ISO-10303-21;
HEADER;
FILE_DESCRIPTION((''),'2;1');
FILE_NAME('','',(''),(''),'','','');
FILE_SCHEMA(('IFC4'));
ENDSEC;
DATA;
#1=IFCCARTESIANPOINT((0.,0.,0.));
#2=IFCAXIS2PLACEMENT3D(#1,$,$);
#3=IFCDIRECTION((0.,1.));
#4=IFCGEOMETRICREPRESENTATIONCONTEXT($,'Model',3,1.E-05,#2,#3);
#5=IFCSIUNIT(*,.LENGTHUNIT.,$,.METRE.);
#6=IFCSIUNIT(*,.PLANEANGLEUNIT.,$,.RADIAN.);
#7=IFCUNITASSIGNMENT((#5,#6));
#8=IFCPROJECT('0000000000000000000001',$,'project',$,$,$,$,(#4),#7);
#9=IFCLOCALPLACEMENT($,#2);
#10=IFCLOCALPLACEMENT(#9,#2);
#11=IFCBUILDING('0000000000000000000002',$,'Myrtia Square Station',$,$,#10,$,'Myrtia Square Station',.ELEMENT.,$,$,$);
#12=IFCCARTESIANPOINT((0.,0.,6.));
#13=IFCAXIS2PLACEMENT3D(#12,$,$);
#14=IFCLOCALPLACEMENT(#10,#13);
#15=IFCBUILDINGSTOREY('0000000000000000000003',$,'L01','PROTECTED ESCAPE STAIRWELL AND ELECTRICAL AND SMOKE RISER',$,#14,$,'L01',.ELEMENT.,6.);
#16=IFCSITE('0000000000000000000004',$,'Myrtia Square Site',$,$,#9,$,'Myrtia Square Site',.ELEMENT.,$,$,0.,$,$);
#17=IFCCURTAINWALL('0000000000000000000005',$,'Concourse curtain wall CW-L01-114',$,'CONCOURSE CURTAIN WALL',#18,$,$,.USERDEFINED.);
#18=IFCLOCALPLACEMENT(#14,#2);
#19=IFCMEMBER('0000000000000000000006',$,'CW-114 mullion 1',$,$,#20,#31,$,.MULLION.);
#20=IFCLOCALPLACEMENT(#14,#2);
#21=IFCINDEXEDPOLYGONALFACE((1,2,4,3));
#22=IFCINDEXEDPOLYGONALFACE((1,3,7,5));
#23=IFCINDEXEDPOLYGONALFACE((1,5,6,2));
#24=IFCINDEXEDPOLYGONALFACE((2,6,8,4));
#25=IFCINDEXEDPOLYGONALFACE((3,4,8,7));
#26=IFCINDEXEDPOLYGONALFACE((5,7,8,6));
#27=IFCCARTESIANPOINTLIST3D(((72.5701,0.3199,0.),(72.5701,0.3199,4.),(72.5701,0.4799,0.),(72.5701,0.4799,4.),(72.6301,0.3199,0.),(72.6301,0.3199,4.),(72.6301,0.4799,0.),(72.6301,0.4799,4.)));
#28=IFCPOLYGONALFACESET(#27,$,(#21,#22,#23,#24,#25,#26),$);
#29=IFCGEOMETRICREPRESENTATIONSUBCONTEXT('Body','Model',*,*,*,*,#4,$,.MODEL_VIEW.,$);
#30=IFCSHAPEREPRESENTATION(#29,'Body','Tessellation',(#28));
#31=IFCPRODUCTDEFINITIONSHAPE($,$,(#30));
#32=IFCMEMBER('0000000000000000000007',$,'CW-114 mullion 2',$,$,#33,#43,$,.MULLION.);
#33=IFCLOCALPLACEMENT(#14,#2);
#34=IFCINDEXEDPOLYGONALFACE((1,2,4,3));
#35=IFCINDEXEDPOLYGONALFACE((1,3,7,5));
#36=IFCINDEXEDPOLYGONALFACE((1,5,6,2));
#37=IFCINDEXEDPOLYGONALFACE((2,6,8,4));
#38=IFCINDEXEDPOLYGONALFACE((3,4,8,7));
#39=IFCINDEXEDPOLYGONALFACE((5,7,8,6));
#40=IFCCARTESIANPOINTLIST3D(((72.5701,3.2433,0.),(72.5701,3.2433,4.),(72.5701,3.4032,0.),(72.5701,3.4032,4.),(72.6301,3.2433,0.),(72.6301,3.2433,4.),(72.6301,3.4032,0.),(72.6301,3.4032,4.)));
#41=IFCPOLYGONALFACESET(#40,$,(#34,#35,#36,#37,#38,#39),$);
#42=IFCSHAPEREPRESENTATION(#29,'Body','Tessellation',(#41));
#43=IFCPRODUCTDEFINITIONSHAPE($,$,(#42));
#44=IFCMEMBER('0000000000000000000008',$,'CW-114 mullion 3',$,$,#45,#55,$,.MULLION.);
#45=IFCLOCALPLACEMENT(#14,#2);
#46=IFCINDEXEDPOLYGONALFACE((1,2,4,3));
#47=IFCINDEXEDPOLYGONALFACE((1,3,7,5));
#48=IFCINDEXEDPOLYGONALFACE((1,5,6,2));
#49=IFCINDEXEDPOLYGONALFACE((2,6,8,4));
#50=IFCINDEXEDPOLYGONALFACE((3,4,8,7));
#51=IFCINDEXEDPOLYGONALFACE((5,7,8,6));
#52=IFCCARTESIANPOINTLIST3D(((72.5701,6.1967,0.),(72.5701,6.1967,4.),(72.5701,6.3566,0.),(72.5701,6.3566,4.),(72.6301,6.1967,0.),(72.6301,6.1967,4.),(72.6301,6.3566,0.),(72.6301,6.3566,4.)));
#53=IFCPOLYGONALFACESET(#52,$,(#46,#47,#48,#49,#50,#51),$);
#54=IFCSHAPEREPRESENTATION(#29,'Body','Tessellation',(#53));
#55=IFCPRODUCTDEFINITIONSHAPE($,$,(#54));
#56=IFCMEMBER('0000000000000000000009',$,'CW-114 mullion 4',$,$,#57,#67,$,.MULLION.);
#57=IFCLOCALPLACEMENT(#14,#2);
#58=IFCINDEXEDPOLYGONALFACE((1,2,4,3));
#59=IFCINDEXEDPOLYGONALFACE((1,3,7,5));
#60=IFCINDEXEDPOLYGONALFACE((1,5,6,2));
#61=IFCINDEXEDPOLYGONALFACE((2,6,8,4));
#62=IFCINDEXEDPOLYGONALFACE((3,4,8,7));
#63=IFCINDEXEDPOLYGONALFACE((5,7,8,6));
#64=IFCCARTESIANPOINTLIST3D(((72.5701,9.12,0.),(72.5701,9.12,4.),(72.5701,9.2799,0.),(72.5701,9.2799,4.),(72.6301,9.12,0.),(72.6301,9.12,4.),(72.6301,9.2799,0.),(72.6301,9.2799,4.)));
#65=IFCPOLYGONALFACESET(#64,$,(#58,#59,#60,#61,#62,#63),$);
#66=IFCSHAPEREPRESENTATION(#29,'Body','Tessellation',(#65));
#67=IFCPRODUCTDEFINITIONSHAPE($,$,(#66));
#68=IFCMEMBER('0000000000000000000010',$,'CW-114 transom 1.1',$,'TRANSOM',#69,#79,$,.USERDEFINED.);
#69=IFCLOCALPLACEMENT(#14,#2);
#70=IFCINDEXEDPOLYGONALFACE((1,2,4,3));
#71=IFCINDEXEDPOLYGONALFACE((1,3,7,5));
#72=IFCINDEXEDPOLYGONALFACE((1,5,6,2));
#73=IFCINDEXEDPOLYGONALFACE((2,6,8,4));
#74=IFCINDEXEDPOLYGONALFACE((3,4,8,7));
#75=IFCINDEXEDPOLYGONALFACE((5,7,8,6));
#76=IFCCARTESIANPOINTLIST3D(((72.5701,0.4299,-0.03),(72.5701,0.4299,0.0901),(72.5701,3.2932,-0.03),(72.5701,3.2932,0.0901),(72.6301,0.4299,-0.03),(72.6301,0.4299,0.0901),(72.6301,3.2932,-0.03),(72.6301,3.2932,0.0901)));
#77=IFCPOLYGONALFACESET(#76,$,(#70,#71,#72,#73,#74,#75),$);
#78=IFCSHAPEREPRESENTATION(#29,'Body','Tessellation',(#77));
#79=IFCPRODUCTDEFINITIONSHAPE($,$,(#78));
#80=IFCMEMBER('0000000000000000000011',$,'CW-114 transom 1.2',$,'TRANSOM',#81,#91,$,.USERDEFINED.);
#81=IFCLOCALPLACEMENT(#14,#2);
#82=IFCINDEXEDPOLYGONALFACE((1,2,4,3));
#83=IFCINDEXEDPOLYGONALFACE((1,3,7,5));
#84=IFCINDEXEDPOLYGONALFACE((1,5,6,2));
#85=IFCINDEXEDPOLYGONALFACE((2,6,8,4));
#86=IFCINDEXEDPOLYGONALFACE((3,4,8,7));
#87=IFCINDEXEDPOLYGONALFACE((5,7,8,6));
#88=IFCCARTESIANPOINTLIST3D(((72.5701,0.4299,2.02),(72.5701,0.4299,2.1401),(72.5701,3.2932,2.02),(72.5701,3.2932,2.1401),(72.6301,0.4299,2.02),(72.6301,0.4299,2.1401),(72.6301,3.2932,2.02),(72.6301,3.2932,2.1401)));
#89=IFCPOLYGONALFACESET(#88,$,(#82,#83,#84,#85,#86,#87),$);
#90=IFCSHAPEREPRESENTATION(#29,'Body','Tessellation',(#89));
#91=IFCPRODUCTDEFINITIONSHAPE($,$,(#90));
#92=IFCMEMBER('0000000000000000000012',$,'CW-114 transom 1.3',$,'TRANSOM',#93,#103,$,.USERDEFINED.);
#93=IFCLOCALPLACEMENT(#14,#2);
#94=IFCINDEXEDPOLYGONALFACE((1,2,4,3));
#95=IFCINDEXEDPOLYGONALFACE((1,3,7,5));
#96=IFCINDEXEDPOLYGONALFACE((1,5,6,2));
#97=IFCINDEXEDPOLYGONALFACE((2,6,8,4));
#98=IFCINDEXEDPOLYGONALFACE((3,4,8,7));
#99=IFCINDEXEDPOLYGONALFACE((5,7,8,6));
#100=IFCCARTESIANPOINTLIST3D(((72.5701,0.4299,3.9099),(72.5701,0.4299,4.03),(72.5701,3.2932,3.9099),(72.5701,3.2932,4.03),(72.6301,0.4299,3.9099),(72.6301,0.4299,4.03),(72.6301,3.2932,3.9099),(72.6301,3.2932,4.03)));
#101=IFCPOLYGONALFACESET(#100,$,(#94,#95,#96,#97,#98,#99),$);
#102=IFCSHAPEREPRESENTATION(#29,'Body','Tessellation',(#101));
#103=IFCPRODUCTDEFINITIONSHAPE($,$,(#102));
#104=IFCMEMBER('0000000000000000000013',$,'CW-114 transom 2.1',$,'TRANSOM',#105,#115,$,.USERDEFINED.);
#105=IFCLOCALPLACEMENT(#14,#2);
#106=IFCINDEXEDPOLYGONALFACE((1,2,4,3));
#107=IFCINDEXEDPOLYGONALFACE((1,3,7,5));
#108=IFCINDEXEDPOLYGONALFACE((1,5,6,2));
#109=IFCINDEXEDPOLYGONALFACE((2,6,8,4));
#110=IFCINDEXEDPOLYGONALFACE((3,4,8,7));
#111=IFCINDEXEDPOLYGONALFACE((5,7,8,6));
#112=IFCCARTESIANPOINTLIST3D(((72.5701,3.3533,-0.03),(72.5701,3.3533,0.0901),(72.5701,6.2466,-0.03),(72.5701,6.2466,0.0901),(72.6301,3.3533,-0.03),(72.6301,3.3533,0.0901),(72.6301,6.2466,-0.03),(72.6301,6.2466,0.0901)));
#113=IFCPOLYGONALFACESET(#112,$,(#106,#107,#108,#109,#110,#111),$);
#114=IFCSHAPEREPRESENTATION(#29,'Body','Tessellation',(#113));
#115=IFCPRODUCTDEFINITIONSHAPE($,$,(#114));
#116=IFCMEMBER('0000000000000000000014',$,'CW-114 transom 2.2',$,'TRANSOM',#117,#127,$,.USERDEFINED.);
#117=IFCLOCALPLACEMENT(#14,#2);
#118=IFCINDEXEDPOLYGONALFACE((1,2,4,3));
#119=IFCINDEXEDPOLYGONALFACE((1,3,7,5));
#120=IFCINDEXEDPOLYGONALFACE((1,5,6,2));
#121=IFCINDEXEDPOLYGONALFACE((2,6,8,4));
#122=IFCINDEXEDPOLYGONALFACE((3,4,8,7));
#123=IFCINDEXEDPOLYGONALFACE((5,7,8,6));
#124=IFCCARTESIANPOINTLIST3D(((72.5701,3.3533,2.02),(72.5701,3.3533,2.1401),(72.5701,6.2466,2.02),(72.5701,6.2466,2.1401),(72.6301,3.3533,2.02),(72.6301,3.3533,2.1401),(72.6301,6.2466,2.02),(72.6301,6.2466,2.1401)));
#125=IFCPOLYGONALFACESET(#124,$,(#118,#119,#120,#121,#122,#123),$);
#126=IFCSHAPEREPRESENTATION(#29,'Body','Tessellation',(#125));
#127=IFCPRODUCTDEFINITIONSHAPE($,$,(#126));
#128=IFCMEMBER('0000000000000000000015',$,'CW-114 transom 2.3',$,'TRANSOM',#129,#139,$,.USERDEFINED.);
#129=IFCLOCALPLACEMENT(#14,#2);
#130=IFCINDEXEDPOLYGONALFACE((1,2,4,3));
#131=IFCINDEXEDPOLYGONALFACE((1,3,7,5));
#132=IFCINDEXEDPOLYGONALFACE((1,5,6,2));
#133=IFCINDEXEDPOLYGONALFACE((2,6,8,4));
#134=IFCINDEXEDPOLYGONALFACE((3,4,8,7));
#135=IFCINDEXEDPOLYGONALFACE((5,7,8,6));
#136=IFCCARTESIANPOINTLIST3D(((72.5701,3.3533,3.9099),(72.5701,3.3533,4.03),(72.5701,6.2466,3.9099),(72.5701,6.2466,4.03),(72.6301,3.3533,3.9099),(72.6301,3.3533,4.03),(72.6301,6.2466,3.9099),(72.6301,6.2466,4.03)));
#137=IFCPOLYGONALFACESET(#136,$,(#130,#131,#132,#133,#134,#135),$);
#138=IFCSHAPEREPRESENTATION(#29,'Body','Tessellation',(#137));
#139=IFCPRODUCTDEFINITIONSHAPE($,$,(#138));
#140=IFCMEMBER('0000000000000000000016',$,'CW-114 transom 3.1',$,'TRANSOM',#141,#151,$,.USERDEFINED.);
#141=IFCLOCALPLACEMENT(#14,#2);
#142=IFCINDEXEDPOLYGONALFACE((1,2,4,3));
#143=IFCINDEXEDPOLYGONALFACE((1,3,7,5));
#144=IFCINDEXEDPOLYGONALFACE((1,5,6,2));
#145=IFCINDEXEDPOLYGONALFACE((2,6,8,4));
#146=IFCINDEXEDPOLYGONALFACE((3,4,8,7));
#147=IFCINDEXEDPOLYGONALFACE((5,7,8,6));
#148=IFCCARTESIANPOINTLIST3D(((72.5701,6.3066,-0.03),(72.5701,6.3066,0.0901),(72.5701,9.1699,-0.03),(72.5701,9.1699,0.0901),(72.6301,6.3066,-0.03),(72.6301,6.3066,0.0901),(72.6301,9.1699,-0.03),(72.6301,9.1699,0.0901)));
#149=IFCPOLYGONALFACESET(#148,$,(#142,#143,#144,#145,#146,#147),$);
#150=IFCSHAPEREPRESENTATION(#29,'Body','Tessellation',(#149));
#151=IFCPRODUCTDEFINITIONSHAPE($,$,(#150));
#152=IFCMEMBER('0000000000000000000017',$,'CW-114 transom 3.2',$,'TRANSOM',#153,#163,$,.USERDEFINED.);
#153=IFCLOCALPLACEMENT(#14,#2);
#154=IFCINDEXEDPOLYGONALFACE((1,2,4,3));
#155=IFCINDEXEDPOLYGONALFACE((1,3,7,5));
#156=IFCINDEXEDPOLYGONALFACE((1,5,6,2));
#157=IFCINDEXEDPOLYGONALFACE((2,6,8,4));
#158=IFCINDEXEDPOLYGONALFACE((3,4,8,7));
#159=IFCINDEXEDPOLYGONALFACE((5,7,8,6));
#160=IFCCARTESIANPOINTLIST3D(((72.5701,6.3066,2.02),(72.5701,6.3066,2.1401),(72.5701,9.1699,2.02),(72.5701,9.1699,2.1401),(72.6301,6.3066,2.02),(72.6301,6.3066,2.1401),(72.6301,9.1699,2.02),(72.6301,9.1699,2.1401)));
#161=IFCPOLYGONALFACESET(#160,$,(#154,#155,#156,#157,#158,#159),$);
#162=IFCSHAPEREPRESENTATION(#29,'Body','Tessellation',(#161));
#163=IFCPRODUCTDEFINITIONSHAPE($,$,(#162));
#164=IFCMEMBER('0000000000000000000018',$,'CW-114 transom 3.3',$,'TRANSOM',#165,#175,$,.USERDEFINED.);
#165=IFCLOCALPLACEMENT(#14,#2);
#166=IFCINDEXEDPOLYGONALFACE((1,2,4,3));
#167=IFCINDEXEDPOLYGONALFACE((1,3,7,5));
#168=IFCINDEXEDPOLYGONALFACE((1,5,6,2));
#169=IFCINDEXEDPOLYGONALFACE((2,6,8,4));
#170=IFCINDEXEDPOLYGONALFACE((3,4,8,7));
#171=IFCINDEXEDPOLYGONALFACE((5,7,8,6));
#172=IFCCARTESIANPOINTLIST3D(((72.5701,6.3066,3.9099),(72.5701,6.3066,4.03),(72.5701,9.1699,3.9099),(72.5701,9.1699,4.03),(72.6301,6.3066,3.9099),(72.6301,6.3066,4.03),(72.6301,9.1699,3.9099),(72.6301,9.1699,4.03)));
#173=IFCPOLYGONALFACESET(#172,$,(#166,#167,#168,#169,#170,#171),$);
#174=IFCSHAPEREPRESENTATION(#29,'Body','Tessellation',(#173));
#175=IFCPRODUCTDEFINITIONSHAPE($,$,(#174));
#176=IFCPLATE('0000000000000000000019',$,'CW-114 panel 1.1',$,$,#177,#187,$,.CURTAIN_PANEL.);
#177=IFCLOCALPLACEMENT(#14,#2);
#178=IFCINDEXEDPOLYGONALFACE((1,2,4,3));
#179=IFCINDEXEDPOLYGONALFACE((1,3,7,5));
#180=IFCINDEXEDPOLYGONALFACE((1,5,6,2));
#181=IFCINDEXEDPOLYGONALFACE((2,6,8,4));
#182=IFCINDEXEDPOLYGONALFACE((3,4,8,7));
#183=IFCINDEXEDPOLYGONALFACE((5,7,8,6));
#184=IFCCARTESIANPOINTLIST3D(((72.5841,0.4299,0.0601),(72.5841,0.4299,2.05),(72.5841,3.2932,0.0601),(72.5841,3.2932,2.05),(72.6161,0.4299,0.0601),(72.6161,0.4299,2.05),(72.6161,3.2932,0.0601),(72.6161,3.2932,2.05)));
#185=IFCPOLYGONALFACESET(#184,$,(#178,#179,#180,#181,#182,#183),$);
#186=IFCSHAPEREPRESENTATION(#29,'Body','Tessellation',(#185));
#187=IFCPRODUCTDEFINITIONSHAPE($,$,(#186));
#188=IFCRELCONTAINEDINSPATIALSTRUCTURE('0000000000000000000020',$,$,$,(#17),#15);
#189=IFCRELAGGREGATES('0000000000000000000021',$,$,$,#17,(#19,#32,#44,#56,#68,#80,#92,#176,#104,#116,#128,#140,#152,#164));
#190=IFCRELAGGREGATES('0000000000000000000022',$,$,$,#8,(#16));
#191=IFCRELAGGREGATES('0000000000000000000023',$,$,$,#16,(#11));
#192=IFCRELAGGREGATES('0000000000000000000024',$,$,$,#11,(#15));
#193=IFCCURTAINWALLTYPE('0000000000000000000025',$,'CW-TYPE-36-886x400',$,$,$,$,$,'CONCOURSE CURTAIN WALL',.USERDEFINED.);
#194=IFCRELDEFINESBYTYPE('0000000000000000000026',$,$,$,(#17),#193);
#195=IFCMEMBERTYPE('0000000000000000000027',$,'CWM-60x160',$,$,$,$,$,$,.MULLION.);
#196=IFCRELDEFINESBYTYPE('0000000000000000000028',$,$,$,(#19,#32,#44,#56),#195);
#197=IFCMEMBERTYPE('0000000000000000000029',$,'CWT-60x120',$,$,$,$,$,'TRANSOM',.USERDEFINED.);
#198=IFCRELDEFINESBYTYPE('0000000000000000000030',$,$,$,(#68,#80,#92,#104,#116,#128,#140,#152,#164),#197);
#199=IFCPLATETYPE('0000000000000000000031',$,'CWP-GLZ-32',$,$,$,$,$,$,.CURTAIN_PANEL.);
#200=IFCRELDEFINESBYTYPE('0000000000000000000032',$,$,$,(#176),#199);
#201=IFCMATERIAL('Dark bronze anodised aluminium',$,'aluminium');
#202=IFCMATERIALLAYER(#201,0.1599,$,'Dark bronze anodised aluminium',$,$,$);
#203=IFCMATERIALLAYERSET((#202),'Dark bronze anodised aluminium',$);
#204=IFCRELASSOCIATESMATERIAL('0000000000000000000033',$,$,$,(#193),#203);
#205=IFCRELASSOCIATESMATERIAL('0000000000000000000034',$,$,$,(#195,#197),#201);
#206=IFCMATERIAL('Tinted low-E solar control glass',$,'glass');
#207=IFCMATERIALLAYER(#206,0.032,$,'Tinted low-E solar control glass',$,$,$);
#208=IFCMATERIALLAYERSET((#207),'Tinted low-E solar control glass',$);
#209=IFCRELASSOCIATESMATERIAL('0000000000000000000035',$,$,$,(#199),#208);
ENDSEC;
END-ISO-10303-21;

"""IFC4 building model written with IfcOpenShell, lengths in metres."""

from ifc_helpers import new_model, si_unit, direction, frame, origin, origin_2d, place, context, subcontext, project, spatial, rectangle, extrude, material, layer, layer_set, material_profile, profile_set, type_object, element, aggregate, save


model = new_model("IFC4")

# Units and contexts
model_context = context("Model", 3, precision=1e-05, world=origin(), true_north=direction((0.0, 1.0)))
body_context = subcontext(model_context, "Body", "Model", "MODEL_VIEW")
ifc_project = project(units=[si_unit("LENGTHUNIT", "METRE"), si_unit("PLANEANGLEUNIT", "RADIAN")], contexts=[model_context])

# Site, building, storey
site_placement = place(None, origin())
site = spatial("IfcSite", under=ifc_project, at=site_placement, Name="Myrtia Square Site", LongName="Myrtia Square Site", CompositionType="ELEMENT", RefElevation=0.0)
building_placement = place(site_placement, origin())
building = spatial("IfcBuilding", under=site, at=building_placement, Name="Myrtia Square Station", LongName="Myrtia Square Station", CompositionType="ELEMENT")
storey_placement = place(building_placement, frame((0.0, 0.0, 6.0)))
storey = spatial("IfcBuildingStorey", under=building, at=storey_placement, Name="L01", Description="PROTECTED ESCAPE STAIRWELL AND ELECTRICAL AND SMOKE RISER", LongName="L01", CompositionType="ELEMENT", Elevation=6.0)

# Curtain wall, members, plate
ifc_material_1 = material(Name="Dark bronze anodised aluminium", Category="aluminium")
ifc_layer_1 = layer(ifc_material_1, 0.1599, Name="Dark bronze anodised aluminium")
ifc_layer_set_1 = layer_set([ifc_layer_1], Name="Dark bronze anodised aluminium")
curtain_wall_type = type_object("IfcCurtainWallType", Name="CW-TYPE-36-886x400", ElementType="CONCOURSE CURTAIN WALL", PredefinedType="USERDEFINED", material=ifc_layer_set_1)
curtain_wall_placement = place(storey_placement, origin())
curtain_wall = element("IfcCurtainWall", 1, at=curtain_wall_placement, inside=storey, type_object=curtain_wall_type, Name="Concourse curtain wall CW-L01-114", ObjectType="CONCOURSE CURTAIN WALL", PredefinedType="USERDEFINED")
ifc_material_profile_1 = material_profile(ifc_material_1, rectangle(XDim=0.0601, YDim=0.1599, at=origin_2d()), Name="ALU-M 60x160")
ifc_profile_set_1 = profile_set([ifc_material_profile_1], Name="Dark bronze anodised aluminium")
member_type_1 = type_object("IfcMemberType", Name="CWM-60x160", PredefinedType="MULLION", material=ifc_profile_set_1)
member_1_placement = place(storey_placement, frame((72.6001, 0.3999, 0.0), z_axis=(0.0, 0.0, 1.0), x_axis=(-1.0, 0.0, 0.0)))
member_1 = element("IfcMember", 2, at=member_1_placement, type_object=member_type_1, Name="CW-114 mullion 1", PredefinedType="MULLION", context=body_context, shape_type="SweptSolid", body=[
    extrude(rectangle(XDim=0.0601, YDim=0.1599, at=origin_2d()), origin(), (0.0, 0.0, 1.0), 4.0),
])
member_2_placement = place(storey_placement, frame((72.6001, 3.3232, 0.0), z_axis=(0.0, 0.0, 1.0), x_axis=(-1.0, 0.0, 0.0)))
member_2 = element("IfcMember", 3, at=member_2_placement, type_object=member_type_1, Name="CW-114 mullion 2", PredefinedType="MULLION", context=body_context, shape_type="SweptSolid", body=[
    extrude(rectangle(XDim=0.0601, YDim=0.1599, at=origin_2d()), origin(), (0.0, 0.0, 1.0), 4.0),
])
member_3_placement = place(storey_placement, frame((72.6001, 6.2766, 0.0), z_axis=(0.0, 0.0, 1.0), x_axis=(-1.0, 0.0, 0.0)))
member_3 = element("IfcMember", 4, at=member_3_placement, type_object=member_type_1, Name="CW-114 mullion 3", PredefinedType="MULLION", context=body_context, shape_type="SweptSolid", body=[
    extrude(rectangle(XDim=0.0601, YDim=0.1599, at=origin_2d()), origin(), (0.0, 0.0, 1.0), 4.0),
])
member_4_placement = place(storey_placement, frame((72.6001, 9.2, 0.0), z_axis=(0.0, 0.0, 1.0), x_axis=(-1.0, 0.0, 0.0)))
member_4 = element("IfcMember", 5, at=member_4_placement, type_object=member_type_1, Name="CW-114 mullion 4", PredefinedType="MULLION", context=body_context, shape_type="SweptSolid", body=[
    extrude(rectangle(XDim=0.0601, YDim=0.1599, at=origin_2d()), origin(), (0.0, 0.0, 1.0), 4.0),
])
ifc_material_profile_2 = material_profile(ifc_material_1, rectangle(XDim=0.0601, YDim=0.1201, at=origin_2d()), Name="ALU-T 60x120")
ifc_profile_set_2 = profile_set([ifc_material_profile_2], Name="Dark bronze anodised aluminium")
member_type_2 = type_object("IfcMemberType", Name="CWT-60x120", ElementType="TRANSOM", PredefinedType="USERDEFINED", material=ifc_profile_set_2)
member_5_placement = place(storey_placement, frame((72.6001, 0.4299, 0.03), z_axis=(0.0, 1.0, 0.0), x_axis=(-1.0, 0.0, 0.0)))
member_5 = element("IfcMember", 6, at=member_5_placement, type_object=member_type_2, Name="CW-114 transom 1.1", ObjectType="TRANSOM", PredefinedType="USERDEFINED", context=body_context, shape_type="SweptSolid", body=[
    extrude(rectangle(XDim=0.0601, YDim=0.1201, at=origin_2d()), origin(), (0.0, 0.0, 1.0), 2.8633),
])
member_6_placement = place(storey_placement, frame((72.6001, 0.4299, 2.0801), z_axis=(0.0, 1.0, 0.0), x_axis=(-1.0, 0.0, 0.0)))
member_6 = element("IfcMember", 7, at=member_6_placement, type_object=member_type_2, Name="CW-114 transom 1.2", ObjectType="TRANSOM", PredefinedType="USERDEFINED", context=body_context, shape_type="SweptSolid", body=[
    extrude(rectangle(XDim=0.0601, YDim=0.1201, at=origin_2d()), origin(), (0.0, 0.0, 1.0), 2.8633),
])
member_7_placement = place(storey_placement, frame((72.6001, 0.4299, 3.97), z_axis=(0.0, 1.0, 0.0), x_axis=(-1.0, 0.0, 0.0)))
member_7 = element("IfcMember", 8, at=member_7_placement, type_object=member_type_2, Name="CW-114 transom 1.3", ObjectType="TRANSOM", PredefinedType="USERDEFINED", context=body_context, shape_type="SweptSolid", body=[
    extrude(rectangle(XDim=0.0601, YDim=0.1201, at=origin_2d()), origin(), (0.0, 0.0, 1.0), 2.8633),
])
member_8_placement = place(storey_placement, frame((72.6001, 3.3533, 0.03), z_axis=(0.0, 1.0, 0.0), x_axis=(-1.0, 0.0, 0.0)))
member_8 = element("IfcMember", 9, at=member_8_placement, type_object=member_type_2, Name="CW-114 transom 2.1", ObjectType="TRANSOM", PredefinedType="USERDEFINED", context=body_context, shape_type="SweptSolid", body=[
    extrude(rectangle(XDim=0.0601, YDim=0.1201, at=origin_2d()), origin(), (0.0, 0.0, 1.0), 2.8933),
])
member_9_placement = place(storey_placement, frame((72.6001, 3.3533, 2.0801), z_axis=(0.0, 1.0, 0.0), x_axis=(-1.0, 0.0, 0.0)))
member_9 = element("IfcMember", 10, at=member_9_placement, type_object=member_type_2, Name="CW-114 transom 2.2", ObjectType="TRANSOM", PredefinedType="USERDEFINED", context=body_context, shape_type="SweptSolid", body=[
    extrude(rectangle(XDim=0.0601, YDim=0.1201, at=origin_2d()), origin(), (0.0, 0.0, 1.0), 2.8933),
])
member_10_placement = place(storey_placement, frame((72.6001, 3.3533, 3.97), z_axis=(0.0, 1.0, 0.0), x_axis=(-1.0, 0.0, 0.0)))
member_10 = element("IfcMember", 11, at=member_10_placement, type_object=member_type_2, Name="CW-114 transom 2.3", ObjectType="TRANSOM", PredefinedType="USERDEFINED", context=body_context, shape_type="SweptSolid", body=[
    extrude(rectangle(XDim=0.0601, YDim=0.1201, at=origin_2d()), origin(), (0.0, 0.0, 1.0), 2.8933),
])
member_11_placement = place(storey_placement, frame((72.6001, 6.3066, 0.03), z_axis=(0.0, 1.0, 0.0), x_axis=(-1.0, 0.0, 0.0)))
member_11 = element("IfcMember", 12, at=member_11_placement, type_object=member_type_2, Name="CW-114 transom 3.1", ObjectType="TRANSOM", PredefinedType="USERDEFINED", context=body_context, shape_type="SweptSolid", body=[
    extrude(rectangle(XDim=0.0601, YDim=0.1201, at=origin_2d()), origin(), (0.0, 0.0, 1.0), 2.8633),
])
member_12_placement = place(storey_placement, frame((72.6001, 6.3066, 2.0801), z_axis=(0.0, 1.0, 0.0), x_axis=(-1.0, 0.0, 0.0)))
member_12 = element("IfcMember", 13, at=member_12_placement, type_object=member_type_2, Name="CW-114 transom 3.2", ObjectType="TRANSOM", PredefinedType="USERDEFINED", context=body_context, shape_type="SweptSolid", body=[
    extrude(rectangle(XDim=0.0601, YDim=0.1201, at=origin_2d()), origin(), (0.0, 0.0, 1.0), 2.8633),
])
member_13_placement = place(storey_placement, frame((72.6001, 6.3066, 3.97), z_axis=(0.0, 1.0, 0.0), x_axis=(-1.0, 0.0, 0.0)))
member_13 = element("IfcMember", 14, at=member_13_placement, type_object=member_type_2, Name="CW-114 transom 3.3", ObjectType="TRANSOM", PredefinedType="USERDEFINED", context=body_context, shape_type="SweptSolid", body=[
    extrude(rectangle(XDim=0.0601, YDim=0.1201, at=origin_2d()), origin(), (0.0, 0.0, 1.0), 2.8633),
])
ifc_material_2 = material(Name="Tinted low-E solar control glass", Category="glass")
ifc_layer_2 = layer(ifc_material_2, 0.032, Name="Tinted low-E solar control glass")
ifc_layer_set_2 = layer_set([ifc_layer_2], Name="Tinted low-E solar control glass")
plate_type_1 = type_object("IfcPlateType", Name="CWP-GLZ-32", PredefinedType="CURTAIN_PANEL", material=ifc_layer_set_2)
plate_1_placement = place(storey_placement, frame((72.6001, 1.8616, 0.0601), z_axis=(0.0, 0.0, 1.0), x_axis=(0.0, 1.0, 0.0)))
plate_1 = element("IfcPlate", 15, at=plate_1_placement, type_object=plate_type_1, Name="CW-114 panel 1.1", PredefinedType="CURTAIN_PANEL", context=body_context, shape_type="SweptSolid", body=[
    extrude(rectangle(XDim=2.8633, YDim=0.032, at=origin_2d()), origin(), (0.0, 0.0, 1.0), 1.99),
])
aggregate(curtain_wall, [member_1, member_2, member_3, member_4, member_5, member_6, member_7, plate_1, member_8, member_9, member_10, member_11, member_12, member_13])

save(model, "model.ifc")
